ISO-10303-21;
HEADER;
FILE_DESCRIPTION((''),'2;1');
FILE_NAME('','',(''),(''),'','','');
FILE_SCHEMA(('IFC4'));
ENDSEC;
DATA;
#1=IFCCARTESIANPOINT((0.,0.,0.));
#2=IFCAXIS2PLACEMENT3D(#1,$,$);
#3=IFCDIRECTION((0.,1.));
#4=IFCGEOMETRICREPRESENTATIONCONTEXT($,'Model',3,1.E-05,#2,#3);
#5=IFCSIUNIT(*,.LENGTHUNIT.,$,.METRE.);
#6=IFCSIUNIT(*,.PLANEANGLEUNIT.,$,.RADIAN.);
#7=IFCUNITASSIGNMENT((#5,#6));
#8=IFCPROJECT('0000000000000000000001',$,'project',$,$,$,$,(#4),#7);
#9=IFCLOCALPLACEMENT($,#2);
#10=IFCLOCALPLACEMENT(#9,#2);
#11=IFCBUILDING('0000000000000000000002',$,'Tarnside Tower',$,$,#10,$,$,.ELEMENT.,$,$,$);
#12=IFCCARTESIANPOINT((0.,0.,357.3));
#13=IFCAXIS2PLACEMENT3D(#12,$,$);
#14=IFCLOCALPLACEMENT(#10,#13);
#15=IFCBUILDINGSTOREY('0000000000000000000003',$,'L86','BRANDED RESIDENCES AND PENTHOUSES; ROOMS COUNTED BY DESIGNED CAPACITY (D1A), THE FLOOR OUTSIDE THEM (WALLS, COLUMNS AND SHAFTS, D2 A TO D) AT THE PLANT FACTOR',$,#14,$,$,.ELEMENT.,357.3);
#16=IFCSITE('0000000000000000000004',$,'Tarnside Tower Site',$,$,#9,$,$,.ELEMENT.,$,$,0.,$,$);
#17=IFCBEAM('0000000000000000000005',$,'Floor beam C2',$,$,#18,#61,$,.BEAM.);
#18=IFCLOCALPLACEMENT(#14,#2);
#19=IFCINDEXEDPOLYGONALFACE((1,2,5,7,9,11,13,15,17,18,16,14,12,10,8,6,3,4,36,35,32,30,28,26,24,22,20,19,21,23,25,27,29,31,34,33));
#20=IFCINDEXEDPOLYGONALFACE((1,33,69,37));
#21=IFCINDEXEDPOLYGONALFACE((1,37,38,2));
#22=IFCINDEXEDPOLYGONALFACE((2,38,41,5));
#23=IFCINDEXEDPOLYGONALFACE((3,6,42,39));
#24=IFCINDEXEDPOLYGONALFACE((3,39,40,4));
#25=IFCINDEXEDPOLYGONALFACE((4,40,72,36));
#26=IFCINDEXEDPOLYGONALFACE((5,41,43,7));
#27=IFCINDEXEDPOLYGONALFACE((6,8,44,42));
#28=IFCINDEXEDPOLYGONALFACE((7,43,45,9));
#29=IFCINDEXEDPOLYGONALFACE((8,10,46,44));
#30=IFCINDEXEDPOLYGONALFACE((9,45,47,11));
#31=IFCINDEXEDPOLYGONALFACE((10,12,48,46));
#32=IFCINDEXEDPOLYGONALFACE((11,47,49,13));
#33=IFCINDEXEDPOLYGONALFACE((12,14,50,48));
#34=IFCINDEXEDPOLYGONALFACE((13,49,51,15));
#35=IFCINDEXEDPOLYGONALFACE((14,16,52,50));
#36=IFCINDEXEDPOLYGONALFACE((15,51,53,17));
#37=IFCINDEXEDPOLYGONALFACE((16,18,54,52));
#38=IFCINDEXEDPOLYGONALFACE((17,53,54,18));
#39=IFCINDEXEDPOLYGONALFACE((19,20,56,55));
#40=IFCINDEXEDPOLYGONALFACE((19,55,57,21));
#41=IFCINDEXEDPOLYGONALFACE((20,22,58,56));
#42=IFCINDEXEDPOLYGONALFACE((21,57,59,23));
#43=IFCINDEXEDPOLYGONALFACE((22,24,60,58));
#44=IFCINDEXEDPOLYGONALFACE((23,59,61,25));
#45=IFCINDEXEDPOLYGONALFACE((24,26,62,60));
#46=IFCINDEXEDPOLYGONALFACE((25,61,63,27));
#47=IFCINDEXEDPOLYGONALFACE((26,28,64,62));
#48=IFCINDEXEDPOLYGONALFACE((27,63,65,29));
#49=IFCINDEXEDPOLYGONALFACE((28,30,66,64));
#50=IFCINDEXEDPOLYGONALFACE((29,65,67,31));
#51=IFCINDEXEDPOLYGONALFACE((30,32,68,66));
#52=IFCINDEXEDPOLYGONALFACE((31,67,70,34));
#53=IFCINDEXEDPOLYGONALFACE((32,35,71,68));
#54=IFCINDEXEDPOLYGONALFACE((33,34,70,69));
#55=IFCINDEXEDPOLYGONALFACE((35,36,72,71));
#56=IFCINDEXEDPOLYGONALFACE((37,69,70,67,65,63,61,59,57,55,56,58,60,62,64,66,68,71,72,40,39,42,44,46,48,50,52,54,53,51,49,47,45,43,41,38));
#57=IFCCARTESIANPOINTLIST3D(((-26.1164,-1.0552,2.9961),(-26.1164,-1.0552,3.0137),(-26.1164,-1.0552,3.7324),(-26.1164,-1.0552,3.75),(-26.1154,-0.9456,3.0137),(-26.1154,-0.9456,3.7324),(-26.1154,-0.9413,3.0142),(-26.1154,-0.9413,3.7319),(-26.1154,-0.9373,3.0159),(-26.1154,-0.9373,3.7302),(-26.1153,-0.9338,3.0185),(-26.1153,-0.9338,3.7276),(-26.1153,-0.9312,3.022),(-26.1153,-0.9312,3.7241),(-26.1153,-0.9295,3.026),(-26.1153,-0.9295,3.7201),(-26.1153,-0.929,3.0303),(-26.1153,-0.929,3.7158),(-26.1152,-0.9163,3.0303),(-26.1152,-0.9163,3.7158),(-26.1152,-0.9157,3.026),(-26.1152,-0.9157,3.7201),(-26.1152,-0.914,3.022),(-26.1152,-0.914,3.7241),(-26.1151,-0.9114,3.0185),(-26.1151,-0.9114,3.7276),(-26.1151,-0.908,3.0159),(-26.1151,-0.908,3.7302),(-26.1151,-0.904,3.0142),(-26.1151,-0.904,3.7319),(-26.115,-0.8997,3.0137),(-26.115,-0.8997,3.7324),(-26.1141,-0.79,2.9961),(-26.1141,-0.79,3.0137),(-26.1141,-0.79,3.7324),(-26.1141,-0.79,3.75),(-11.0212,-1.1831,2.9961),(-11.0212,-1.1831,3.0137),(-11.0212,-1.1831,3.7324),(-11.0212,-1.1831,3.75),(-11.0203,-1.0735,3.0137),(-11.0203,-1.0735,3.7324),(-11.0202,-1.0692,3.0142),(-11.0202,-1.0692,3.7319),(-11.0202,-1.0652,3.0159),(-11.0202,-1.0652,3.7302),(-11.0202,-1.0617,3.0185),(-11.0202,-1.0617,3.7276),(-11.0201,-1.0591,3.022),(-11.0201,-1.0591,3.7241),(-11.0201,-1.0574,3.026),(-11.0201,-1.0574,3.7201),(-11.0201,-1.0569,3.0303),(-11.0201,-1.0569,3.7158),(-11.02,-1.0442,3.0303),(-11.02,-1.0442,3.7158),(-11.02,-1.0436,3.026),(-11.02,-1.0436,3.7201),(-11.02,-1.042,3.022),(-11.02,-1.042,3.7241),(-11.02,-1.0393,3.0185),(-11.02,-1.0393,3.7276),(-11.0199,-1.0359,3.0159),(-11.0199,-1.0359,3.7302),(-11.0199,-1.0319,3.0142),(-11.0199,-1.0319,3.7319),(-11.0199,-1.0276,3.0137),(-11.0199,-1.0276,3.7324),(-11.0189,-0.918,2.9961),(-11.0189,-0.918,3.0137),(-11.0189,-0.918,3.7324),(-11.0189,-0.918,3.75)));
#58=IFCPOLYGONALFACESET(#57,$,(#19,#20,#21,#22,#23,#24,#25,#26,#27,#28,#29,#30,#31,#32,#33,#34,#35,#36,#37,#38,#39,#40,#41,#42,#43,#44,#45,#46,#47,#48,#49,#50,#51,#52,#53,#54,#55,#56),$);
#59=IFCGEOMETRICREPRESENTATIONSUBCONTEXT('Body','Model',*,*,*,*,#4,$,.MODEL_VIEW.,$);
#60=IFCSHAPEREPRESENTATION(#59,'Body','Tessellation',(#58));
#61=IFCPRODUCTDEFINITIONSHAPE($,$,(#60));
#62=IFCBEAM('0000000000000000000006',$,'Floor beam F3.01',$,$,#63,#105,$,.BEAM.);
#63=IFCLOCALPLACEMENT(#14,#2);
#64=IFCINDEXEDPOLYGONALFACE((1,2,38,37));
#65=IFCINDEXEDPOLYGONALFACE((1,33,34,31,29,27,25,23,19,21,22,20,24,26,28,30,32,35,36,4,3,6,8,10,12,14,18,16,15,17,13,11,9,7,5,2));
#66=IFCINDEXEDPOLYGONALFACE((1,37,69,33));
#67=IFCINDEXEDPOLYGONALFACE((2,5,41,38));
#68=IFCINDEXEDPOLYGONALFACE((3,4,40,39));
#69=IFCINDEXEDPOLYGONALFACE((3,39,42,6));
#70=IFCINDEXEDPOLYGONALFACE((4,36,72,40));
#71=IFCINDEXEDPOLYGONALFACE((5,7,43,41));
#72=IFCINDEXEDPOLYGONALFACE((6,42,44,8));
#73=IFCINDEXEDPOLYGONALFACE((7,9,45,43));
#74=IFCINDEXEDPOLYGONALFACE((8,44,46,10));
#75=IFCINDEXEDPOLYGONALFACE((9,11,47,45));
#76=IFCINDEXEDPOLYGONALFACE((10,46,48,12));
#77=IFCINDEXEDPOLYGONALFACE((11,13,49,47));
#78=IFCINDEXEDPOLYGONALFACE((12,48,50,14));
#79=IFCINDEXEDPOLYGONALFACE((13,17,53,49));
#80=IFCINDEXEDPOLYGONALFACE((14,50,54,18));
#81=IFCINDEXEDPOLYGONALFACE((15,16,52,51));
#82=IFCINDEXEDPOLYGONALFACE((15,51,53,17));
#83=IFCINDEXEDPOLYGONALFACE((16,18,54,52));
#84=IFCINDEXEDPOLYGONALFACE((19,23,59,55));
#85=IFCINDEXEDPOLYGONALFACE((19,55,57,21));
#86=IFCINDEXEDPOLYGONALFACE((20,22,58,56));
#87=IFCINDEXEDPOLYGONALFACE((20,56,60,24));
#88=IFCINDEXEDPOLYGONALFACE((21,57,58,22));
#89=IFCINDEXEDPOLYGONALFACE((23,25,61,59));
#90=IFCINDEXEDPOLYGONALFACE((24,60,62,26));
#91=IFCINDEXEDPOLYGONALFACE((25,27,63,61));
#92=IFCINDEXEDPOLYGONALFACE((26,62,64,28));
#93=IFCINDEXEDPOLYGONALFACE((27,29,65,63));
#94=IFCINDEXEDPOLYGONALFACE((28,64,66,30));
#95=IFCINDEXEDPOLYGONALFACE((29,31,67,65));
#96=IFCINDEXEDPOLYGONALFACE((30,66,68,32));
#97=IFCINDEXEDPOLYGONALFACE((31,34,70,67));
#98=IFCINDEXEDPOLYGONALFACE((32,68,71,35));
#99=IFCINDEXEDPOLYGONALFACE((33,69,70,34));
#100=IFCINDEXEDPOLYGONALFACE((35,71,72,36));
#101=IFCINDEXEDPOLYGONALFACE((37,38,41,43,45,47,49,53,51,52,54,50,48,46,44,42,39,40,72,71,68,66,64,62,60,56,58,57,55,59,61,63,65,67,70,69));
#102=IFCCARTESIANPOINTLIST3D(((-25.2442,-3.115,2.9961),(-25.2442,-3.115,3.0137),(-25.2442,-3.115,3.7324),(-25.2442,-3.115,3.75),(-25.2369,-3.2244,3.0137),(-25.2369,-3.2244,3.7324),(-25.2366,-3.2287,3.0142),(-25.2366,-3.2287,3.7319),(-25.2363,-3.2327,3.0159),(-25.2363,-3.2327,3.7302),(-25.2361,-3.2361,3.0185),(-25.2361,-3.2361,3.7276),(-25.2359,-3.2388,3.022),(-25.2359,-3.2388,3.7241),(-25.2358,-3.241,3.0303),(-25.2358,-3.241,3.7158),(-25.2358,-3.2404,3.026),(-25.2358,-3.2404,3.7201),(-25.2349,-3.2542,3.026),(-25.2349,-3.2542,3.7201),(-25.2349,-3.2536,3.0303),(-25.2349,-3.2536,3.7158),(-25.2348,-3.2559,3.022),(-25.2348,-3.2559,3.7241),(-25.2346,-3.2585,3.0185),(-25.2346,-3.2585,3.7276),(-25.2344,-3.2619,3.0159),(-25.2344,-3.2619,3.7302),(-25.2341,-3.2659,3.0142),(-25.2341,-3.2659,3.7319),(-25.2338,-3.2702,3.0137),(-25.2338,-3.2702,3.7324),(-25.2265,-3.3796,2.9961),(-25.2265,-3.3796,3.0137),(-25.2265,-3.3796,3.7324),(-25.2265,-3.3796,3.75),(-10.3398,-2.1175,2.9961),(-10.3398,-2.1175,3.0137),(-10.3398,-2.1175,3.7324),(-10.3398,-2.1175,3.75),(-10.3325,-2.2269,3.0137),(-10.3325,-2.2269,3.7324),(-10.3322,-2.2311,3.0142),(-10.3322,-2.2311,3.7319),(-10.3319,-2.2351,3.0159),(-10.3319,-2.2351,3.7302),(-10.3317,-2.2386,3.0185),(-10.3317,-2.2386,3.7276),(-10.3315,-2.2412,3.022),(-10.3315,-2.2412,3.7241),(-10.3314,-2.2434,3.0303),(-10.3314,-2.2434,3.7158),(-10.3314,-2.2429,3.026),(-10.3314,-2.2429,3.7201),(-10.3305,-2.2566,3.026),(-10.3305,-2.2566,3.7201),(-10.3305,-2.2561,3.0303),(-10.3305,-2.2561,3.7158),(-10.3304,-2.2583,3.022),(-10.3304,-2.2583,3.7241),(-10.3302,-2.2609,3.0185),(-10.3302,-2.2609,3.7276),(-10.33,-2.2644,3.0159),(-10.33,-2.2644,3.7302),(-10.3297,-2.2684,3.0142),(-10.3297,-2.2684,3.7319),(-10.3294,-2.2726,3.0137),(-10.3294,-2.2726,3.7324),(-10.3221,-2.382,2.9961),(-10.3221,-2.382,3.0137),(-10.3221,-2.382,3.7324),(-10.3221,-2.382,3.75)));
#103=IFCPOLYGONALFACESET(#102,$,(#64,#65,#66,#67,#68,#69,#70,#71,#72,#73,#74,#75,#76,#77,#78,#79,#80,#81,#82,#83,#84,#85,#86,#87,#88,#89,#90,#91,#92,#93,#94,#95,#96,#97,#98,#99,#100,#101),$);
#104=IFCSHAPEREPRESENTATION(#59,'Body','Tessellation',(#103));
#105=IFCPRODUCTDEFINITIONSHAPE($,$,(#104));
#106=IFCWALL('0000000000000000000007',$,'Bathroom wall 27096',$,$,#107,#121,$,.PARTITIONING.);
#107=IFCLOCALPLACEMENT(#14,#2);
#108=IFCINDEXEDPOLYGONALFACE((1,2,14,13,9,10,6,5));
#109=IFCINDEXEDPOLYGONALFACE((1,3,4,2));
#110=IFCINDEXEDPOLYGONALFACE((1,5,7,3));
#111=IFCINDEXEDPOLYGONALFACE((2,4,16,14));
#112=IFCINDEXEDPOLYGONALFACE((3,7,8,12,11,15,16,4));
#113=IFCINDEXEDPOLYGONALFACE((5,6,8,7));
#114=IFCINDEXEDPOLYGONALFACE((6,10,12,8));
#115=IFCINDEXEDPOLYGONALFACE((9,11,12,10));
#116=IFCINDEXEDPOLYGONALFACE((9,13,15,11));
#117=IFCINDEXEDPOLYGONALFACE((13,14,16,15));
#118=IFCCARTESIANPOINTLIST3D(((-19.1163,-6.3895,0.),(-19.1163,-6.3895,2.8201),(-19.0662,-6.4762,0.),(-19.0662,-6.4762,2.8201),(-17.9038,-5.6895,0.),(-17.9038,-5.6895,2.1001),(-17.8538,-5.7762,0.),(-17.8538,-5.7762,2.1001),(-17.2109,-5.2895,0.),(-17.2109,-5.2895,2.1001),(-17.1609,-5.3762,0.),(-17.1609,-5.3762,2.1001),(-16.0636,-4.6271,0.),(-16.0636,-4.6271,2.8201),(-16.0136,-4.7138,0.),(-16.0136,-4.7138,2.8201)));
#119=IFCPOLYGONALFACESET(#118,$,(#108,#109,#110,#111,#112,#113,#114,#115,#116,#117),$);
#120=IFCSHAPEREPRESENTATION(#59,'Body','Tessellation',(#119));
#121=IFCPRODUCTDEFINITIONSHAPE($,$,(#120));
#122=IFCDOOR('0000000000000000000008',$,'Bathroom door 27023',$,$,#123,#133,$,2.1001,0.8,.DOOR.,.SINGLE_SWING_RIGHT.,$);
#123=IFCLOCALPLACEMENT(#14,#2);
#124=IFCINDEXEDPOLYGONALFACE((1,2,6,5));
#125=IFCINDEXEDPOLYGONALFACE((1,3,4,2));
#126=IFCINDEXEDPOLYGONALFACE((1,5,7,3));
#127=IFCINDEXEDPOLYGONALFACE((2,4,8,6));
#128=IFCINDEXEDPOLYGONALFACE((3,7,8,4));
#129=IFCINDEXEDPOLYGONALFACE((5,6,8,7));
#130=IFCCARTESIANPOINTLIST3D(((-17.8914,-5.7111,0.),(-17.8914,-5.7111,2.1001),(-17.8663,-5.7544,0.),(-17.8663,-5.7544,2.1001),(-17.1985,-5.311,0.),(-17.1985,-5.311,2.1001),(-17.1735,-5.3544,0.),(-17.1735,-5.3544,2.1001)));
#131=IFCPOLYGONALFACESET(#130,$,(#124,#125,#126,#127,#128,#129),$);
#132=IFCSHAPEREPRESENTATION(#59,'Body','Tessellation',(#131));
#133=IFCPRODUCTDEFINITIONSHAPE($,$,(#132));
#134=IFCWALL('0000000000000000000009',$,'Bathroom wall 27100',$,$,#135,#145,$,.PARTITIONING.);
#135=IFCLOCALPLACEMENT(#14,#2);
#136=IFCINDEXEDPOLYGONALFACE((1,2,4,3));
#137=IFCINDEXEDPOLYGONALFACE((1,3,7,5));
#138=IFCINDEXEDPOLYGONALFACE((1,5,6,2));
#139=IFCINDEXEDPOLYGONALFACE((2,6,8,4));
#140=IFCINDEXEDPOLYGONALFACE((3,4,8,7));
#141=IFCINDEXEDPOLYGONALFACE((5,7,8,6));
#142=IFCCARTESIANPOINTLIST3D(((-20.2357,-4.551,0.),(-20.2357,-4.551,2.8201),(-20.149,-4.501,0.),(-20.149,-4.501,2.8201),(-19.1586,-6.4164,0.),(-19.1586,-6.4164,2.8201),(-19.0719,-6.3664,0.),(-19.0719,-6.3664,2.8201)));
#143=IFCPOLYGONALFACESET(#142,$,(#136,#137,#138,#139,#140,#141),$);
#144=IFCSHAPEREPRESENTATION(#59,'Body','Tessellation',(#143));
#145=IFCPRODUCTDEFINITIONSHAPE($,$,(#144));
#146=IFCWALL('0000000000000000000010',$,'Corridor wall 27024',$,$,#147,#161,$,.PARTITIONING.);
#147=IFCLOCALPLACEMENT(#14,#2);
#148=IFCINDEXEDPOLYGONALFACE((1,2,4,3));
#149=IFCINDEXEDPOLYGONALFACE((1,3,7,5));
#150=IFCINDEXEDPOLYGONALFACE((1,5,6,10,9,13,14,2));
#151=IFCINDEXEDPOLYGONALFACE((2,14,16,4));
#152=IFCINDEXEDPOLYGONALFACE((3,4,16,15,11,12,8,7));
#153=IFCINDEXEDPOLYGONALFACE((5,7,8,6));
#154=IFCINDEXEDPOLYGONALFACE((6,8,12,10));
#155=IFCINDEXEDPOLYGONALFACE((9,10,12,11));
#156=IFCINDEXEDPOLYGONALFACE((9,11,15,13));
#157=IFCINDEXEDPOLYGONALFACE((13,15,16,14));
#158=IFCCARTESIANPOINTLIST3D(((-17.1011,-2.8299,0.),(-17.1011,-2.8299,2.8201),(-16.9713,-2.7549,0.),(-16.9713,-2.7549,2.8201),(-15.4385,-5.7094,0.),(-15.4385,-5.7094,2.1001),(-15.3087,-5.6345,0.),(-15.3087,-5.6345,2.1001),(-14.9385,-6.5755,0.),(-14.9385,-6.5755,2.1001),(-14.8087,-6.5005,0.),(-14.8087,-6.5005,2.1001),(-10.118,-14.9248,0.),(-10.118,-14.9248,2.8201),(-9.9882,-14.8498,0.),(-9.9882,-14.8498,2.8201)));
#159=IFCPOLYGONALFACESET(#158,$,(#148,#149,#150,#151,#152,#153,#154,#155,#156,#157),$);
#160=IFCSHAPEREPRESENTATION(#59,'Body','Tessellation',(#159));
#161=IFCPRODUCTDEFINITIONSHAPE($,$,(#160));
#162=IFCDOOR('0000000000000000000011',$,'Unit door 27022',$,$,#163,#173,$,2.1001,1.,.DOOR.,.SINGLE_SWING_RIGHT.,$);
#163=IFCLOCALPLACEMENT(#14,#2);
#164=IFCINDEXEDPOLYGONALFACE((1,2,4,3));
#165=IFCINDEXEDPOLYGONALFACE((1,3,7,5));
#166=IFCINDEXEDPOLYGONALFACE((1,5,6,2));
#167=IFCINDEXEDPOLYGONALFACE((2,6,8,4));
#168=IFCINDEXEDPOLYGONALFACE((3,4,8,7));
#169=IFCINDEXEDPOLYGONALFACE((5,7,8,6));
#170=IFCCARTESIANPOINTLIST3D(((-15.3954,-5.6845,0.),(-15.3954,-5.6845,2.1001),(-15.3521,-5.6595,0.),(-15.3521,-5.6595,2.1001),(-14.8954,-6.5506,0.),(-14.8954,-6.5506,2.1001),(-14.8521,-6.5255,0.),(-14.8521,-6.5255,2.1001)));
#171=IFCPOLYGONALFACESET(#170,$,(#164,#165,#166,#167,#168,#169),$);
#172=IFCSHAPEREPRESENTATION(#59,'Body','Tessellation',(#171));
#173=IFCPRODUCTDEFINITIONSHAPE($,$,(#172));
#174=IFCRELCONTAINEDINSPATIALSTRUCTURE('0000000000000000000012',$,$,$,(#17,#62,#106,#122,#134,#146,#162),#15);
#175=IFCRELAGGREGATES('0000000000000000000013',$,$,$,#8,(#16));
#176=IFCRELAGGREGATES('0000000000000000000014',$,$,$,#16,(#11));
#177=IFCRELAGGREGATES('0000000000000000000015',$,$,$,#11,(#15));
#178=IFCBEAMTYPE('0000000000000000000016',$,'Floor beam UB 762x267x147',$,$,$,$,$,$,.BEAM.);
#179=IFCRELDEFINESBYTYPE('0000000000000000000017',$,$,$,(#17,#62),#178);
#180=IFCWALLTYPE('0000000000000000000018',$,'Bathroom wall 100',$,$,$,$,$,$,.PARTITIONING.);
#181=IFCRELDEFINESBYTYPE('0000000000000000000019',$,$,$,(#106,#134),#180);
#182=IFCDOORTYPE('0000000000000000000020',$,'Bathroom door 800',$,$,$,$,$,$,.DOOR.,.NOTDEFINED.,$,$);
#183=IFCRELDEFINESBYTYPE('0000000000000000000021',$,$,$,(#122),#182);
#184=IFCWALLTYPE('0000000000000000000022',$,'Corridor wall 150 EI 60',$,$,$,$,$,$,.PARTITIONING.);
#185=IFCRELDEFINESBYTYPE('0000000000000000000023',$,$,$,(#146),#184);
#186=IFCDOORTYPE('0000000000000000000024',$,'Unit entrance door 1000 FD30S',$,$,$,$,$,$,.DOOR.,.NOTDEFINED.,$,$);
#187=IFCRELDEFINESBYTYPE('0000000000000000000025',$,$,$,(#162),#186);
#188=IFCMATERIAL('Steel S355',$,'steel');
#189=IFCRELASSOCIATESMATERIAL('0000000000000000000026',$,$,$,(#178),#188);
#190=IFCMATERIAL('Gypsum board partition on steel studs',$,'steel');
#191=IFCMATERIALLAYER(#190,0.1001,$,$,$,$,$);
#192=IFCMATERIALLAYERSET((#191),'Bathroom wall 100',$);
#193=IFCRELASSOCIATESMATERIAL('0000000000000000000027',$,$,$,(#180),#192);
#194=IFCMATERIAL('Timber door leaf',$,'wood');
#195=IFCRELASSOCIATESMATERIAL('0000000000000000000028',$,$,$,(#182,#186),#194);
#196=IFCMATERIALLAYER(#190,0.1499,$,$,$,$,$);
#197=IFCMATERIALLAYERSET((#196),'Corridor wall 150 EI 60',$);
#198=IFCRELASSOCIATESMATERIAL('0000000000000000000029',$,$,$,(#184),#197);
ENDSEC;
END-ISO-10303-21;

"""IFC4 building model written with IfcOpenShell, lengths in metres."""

from ifc_helpers import new_model, si_unit, direction, frame, frame_2d, origin, origin_2d, place, context, subcontext, project, spatial, rectangle, i_section, extrude, material, layer, layer_set, material_profile, profile_set, type_object, element, fill, save


model = new_model("IFC4")

# Units and contexts
model_context = context("Model", 3, precision=1e-05, world=origin(), true_north=direction((0.0, 1.0)))
body_context = subcontext(model_context, "Body", "Model", "MODEL_VIEW")
ifc_project = project(units=[si_unit("LENGTHUNIT", "METRE"), si_unit("PLANEANGLEUNIT", "RADIAN")], contexts=[model_context])

# Site, building, storey
site_placement = place(None, origin())
site = spatial("IfcSite", under=ifc_project, at=site_placement, Name="Tarnside Tower Site", CompositionType="ELEMENT", RefElevation=0.0)
building_placement = place(site_placement, origin())
building = spatial("IfcBuilding", under=site, at=building_placement, Name="Tarnside Tower", CompositionType="ELEMENT")
storey_placement = place(building_placement, frame((0.0, 0.0, 357.3)))
storey = spatial("IfcBuildingStorey", under=building, at=storey_placement, Name="L86", Description="BRANDED RESIDENCES AND PENTHOUSES; ROOMS COUNTED BY DESIGNED CAPACITY (D1A), THE FLOOR OUTSIDE THEM (WALLS, COLUMNS AND SHAFTS, D2 A TO D) AT THE PLANT FACTOR", CompositionType="ELEMENT", Elevation=357.3)

# Beams
ifc_material_1 = material(Name="Steel S355", Category="steel")
ifc_material_profile = material_profile(ifc_material_1, i_section(OverallWidth=0.2651, OverallDepth=0.7539, WebThickness=0.0127, FlangeThickness=0.0176, FilletRadius=0.0166, at=origin_2d()), Name="UB 762x267x147")
ifc_profile_set = profile_set([ifc_material_profile], Name="Steel S355")
beam_type = type_object("IfcBeamType", Name="Floor beam UB 762x267x147", PredefinedType="BEAM", material=ifc_profile_set)
beam_1_placement = place(storey_placement, frame((-26.1152, -0.9226, 3.373), z_axis=(0.999964, -0.008475, 0.0), x_axis=(0.008475, 0.999964, 0.0)))
element("IfcBeam", 1, at=beam_1_placement, inside=storey, type_object=beam_type, Name="Floor beam C2", PredefinedType="BEAM", context=body_context, shape_type="SweptSolid", body=[
    extrude(i_section(OverallWidth=0.2651, OverallDepth=0.7539, WebThickness=0.0127, FlangeThickness=0.0176, FilletRadius=0.0166, at=origin_2d()), origin(), (0.0, 0.0, 1.0), 15.0957),
])
beam_2_placement = place(storey_placement, frame((-25.2354, -3.2473, 3.373), z_axis=(0.997768, 0.066782, 0.0), x_axis=(-0.066782, 0.997768, 0.0)))
element("IfcBeam", 2, at=beam_2_placement, inside=storey, type_object=beam_type, Name="Floor beam F3.01", PredefinedType="BEAM", context=body_context, shape_type="SweptSolid", body=[
    extrude(i_section(OverallWidth=0.2651, OverallDepth=0.7539, WebThickness=0.0127, FlangeThickness=0.0176, FilletRadius=0.0166, at=origin_2d()), origin(), (0.0, 0.0, 1.0), 14.9377),
])

# Wall, opening, door
ifc_material_2 = material(Name="Gypsum board partition on steel studs", Category="steel")
ifc_layer_1 = layer(ifc_material_2, 0.1001)
ifc_layer_set_1 = layer_set([ifc_layer_1], Name="Bathroom wall 100")
wall_type_1 = type_object("IfcWallType", Name="Bathroom wall 100", PredefinedType="PARTITIONING", material=ifc_layer_set_1)
wall_1_placement = place(storey_placement, frame((-16.0386, -4.6704, 0.0), z_axis=(0.0, 0.0, 1.0), x_axis=(-0.866031, -0.49999, 0.0)))
wall_1 = element("IfcWall", 3, at=wall_1_placement, inside=storey, type_object=wall_type_1, Name="Bathroom wall 27096", PredefinedType="PARTITIONING", context=body_context, shape_type="SweptSolid", body=[
    extrude(rectangle(XDim=3.5249, YDim=0.1001, at=frame_2d((1.7625, 0.0))), origin(), (0.0, 0.0, 1.0), 2.8201),
])
opening_1_placement = place(wall_1_placement, frame((1.325, 0.0, 0.0)))
opening_1 = element("IfcOpeningElement", 4, at=opening_1_placement, cuts=wall_1, PredefinedType="OPENING", context=body_context, shape_type="SweptSolid", body=[
    extrude(rectangle(XDim=0.8, YDim=2.1001, at=frame_2d((0.3999, 1.05))), frame((0.0, 0.0601, 0.0), z_axis=(0.0, -1.0, 0.0), x_axis=(1.0, 0.0, 0.0)), (0.0, 0.0, 1.0), 0.1201),
])
ifc_material_3 = material(Name="Timber door leaf", Category="wood")
door_type_1 = type_object("IfcDoorType", Name="Bathroom door 800", OperationType="NOTDEFINED", PredefinedType="DOOR", material=ifc_material_3)
door_1_placement = place(opening_1_placement, origin())
door_1 = element("IfcDoor", 5, at=door_1_placement, inside=storey, type_object=door_type_1, Name="Bathroom door 27023", OperationType="SINGLE_SWING_RIGHT", OverallHeight=2.1001, OverallWidth=0.8, PredefinedType="DOOR", context=body_context, shape_type="SweptSolid", body=[
    extrude(rectangle(XDim=0.8, YDim=2.1001, at=frame_2d((0.3999, 1.05))), frame((0.0, 0.0249, 0.0), z_axis=(0.0, -1.0, 0.0), x_axis=(1.0, 0.0, 0.0)), (0.0, 0.0, 1.0), 0.05),
])
fill(opening_1, door_1)

# Wall
wall_2_placement = place(storey_placement, frame((-20.1924, -4.5259, 0.0), z_axis=(0.0, 0.0, 1.0), x_axis=(0.50004, -0.866003, 0.0)))
element("IfcWall", 6, at=wall_2_placement, inside=storey, type_object=wall_type_1, Name="Bathroom wall 27100", PredefinedType="PARTITIONING", context=body_context, shape_type="SweptSolid", body=[
    extrude(rectangle(XDim=2.1541, YDim=0.1001, at=frame_2d((1.0771, 0.0))), origin(), (0.0, 0.0, 1.0), 2.8201),
])

# Wall, opening, door
ifc_layer_2 = layer(ifc_material_2, 0.1499)
ifc_layer_set_2 = layer_set([ifc_layer_2], Name="Corridor wall 150 EI 60")
wall_type_2 = type_object("IfcWallType", Name="Corridor wall 150 EI 60", PredefinedType="PARTITIONING", material=ifc_layer_set_2)
wall_3_placement = place(storey_placement, frame((-17.0361, -2.7925, 0.0), z_axis=(0.0, 0.0, 1.0), x_axis=(0.500006, -0.866022, 0.0)))
wall_3 = element("IfcWall", 7, at=wall_3_placement, inside=storey, type_object=wall_type_2, Name="Corridor wall 27024", PredefinedType="PARTITIONING", context=body_context, shape_type="SweptSolid", body=[
    extrude(rectangle(XDim=13.9661, YDim=0.1499, at=frame_2d((6.9829, 0.0))), origin(), (0.0, 0.0, 1.0), 2.8201),
])
opening_2_placement = place(wall_3_placement, frame((3.325, 0.0, 0.0)))
opening_2 = element("IfcOpeningElement", 8, at=opening_2_placement, cuts=wall_3, PredefinedType="OPENING", context=body_context, shape_type="SweptSolid", body=[
    extrude(rectangle(XDim=1.0, YDim=2.1001, at=frame_2d((0.5, 1.05))), frame((0.0, 0.085, 0.0), z_axis=(0.0, -1.0, 0.0), x_axis=(1.0, 0.0, 0.0)), (0.0, 0.0, 1.0), 0.1699),
])
door_type_2 = type_object("IfcDoorType", Name="Unit entrance door 1000 FD30S", OperationType="NOTDEFINED", PredefinedType="DOOR", material=ifc_material_3)
door_2_placement = place(opening_2_placement, origin())
door_2 = element("IfcDoor", 9, at=door_2_placement, inside=storey, type_object=door_type_2, Name="Unit door 27022", OperationType="SINGLE_SWING_RIGHT", OverallHeight=2.1001, OverallWidth=1.0, PredefinedType="DOOR", context=body_context, shape_type="SweptSolid", body=[
    extrude(rectangle(XDim=1.0, YDim=2.1001, at=frame_2d((0.5, 1.05))), frame((0.0, 0.0249, 0.0), z_axis=(0.0, -1.0, 0.0), x_axis=(1.0, 0.0, 0.0)), (0.0, 0.0, 1.0), 0.05),
])
fill(opening_2, door_2)

save(model, "model.ifc")
